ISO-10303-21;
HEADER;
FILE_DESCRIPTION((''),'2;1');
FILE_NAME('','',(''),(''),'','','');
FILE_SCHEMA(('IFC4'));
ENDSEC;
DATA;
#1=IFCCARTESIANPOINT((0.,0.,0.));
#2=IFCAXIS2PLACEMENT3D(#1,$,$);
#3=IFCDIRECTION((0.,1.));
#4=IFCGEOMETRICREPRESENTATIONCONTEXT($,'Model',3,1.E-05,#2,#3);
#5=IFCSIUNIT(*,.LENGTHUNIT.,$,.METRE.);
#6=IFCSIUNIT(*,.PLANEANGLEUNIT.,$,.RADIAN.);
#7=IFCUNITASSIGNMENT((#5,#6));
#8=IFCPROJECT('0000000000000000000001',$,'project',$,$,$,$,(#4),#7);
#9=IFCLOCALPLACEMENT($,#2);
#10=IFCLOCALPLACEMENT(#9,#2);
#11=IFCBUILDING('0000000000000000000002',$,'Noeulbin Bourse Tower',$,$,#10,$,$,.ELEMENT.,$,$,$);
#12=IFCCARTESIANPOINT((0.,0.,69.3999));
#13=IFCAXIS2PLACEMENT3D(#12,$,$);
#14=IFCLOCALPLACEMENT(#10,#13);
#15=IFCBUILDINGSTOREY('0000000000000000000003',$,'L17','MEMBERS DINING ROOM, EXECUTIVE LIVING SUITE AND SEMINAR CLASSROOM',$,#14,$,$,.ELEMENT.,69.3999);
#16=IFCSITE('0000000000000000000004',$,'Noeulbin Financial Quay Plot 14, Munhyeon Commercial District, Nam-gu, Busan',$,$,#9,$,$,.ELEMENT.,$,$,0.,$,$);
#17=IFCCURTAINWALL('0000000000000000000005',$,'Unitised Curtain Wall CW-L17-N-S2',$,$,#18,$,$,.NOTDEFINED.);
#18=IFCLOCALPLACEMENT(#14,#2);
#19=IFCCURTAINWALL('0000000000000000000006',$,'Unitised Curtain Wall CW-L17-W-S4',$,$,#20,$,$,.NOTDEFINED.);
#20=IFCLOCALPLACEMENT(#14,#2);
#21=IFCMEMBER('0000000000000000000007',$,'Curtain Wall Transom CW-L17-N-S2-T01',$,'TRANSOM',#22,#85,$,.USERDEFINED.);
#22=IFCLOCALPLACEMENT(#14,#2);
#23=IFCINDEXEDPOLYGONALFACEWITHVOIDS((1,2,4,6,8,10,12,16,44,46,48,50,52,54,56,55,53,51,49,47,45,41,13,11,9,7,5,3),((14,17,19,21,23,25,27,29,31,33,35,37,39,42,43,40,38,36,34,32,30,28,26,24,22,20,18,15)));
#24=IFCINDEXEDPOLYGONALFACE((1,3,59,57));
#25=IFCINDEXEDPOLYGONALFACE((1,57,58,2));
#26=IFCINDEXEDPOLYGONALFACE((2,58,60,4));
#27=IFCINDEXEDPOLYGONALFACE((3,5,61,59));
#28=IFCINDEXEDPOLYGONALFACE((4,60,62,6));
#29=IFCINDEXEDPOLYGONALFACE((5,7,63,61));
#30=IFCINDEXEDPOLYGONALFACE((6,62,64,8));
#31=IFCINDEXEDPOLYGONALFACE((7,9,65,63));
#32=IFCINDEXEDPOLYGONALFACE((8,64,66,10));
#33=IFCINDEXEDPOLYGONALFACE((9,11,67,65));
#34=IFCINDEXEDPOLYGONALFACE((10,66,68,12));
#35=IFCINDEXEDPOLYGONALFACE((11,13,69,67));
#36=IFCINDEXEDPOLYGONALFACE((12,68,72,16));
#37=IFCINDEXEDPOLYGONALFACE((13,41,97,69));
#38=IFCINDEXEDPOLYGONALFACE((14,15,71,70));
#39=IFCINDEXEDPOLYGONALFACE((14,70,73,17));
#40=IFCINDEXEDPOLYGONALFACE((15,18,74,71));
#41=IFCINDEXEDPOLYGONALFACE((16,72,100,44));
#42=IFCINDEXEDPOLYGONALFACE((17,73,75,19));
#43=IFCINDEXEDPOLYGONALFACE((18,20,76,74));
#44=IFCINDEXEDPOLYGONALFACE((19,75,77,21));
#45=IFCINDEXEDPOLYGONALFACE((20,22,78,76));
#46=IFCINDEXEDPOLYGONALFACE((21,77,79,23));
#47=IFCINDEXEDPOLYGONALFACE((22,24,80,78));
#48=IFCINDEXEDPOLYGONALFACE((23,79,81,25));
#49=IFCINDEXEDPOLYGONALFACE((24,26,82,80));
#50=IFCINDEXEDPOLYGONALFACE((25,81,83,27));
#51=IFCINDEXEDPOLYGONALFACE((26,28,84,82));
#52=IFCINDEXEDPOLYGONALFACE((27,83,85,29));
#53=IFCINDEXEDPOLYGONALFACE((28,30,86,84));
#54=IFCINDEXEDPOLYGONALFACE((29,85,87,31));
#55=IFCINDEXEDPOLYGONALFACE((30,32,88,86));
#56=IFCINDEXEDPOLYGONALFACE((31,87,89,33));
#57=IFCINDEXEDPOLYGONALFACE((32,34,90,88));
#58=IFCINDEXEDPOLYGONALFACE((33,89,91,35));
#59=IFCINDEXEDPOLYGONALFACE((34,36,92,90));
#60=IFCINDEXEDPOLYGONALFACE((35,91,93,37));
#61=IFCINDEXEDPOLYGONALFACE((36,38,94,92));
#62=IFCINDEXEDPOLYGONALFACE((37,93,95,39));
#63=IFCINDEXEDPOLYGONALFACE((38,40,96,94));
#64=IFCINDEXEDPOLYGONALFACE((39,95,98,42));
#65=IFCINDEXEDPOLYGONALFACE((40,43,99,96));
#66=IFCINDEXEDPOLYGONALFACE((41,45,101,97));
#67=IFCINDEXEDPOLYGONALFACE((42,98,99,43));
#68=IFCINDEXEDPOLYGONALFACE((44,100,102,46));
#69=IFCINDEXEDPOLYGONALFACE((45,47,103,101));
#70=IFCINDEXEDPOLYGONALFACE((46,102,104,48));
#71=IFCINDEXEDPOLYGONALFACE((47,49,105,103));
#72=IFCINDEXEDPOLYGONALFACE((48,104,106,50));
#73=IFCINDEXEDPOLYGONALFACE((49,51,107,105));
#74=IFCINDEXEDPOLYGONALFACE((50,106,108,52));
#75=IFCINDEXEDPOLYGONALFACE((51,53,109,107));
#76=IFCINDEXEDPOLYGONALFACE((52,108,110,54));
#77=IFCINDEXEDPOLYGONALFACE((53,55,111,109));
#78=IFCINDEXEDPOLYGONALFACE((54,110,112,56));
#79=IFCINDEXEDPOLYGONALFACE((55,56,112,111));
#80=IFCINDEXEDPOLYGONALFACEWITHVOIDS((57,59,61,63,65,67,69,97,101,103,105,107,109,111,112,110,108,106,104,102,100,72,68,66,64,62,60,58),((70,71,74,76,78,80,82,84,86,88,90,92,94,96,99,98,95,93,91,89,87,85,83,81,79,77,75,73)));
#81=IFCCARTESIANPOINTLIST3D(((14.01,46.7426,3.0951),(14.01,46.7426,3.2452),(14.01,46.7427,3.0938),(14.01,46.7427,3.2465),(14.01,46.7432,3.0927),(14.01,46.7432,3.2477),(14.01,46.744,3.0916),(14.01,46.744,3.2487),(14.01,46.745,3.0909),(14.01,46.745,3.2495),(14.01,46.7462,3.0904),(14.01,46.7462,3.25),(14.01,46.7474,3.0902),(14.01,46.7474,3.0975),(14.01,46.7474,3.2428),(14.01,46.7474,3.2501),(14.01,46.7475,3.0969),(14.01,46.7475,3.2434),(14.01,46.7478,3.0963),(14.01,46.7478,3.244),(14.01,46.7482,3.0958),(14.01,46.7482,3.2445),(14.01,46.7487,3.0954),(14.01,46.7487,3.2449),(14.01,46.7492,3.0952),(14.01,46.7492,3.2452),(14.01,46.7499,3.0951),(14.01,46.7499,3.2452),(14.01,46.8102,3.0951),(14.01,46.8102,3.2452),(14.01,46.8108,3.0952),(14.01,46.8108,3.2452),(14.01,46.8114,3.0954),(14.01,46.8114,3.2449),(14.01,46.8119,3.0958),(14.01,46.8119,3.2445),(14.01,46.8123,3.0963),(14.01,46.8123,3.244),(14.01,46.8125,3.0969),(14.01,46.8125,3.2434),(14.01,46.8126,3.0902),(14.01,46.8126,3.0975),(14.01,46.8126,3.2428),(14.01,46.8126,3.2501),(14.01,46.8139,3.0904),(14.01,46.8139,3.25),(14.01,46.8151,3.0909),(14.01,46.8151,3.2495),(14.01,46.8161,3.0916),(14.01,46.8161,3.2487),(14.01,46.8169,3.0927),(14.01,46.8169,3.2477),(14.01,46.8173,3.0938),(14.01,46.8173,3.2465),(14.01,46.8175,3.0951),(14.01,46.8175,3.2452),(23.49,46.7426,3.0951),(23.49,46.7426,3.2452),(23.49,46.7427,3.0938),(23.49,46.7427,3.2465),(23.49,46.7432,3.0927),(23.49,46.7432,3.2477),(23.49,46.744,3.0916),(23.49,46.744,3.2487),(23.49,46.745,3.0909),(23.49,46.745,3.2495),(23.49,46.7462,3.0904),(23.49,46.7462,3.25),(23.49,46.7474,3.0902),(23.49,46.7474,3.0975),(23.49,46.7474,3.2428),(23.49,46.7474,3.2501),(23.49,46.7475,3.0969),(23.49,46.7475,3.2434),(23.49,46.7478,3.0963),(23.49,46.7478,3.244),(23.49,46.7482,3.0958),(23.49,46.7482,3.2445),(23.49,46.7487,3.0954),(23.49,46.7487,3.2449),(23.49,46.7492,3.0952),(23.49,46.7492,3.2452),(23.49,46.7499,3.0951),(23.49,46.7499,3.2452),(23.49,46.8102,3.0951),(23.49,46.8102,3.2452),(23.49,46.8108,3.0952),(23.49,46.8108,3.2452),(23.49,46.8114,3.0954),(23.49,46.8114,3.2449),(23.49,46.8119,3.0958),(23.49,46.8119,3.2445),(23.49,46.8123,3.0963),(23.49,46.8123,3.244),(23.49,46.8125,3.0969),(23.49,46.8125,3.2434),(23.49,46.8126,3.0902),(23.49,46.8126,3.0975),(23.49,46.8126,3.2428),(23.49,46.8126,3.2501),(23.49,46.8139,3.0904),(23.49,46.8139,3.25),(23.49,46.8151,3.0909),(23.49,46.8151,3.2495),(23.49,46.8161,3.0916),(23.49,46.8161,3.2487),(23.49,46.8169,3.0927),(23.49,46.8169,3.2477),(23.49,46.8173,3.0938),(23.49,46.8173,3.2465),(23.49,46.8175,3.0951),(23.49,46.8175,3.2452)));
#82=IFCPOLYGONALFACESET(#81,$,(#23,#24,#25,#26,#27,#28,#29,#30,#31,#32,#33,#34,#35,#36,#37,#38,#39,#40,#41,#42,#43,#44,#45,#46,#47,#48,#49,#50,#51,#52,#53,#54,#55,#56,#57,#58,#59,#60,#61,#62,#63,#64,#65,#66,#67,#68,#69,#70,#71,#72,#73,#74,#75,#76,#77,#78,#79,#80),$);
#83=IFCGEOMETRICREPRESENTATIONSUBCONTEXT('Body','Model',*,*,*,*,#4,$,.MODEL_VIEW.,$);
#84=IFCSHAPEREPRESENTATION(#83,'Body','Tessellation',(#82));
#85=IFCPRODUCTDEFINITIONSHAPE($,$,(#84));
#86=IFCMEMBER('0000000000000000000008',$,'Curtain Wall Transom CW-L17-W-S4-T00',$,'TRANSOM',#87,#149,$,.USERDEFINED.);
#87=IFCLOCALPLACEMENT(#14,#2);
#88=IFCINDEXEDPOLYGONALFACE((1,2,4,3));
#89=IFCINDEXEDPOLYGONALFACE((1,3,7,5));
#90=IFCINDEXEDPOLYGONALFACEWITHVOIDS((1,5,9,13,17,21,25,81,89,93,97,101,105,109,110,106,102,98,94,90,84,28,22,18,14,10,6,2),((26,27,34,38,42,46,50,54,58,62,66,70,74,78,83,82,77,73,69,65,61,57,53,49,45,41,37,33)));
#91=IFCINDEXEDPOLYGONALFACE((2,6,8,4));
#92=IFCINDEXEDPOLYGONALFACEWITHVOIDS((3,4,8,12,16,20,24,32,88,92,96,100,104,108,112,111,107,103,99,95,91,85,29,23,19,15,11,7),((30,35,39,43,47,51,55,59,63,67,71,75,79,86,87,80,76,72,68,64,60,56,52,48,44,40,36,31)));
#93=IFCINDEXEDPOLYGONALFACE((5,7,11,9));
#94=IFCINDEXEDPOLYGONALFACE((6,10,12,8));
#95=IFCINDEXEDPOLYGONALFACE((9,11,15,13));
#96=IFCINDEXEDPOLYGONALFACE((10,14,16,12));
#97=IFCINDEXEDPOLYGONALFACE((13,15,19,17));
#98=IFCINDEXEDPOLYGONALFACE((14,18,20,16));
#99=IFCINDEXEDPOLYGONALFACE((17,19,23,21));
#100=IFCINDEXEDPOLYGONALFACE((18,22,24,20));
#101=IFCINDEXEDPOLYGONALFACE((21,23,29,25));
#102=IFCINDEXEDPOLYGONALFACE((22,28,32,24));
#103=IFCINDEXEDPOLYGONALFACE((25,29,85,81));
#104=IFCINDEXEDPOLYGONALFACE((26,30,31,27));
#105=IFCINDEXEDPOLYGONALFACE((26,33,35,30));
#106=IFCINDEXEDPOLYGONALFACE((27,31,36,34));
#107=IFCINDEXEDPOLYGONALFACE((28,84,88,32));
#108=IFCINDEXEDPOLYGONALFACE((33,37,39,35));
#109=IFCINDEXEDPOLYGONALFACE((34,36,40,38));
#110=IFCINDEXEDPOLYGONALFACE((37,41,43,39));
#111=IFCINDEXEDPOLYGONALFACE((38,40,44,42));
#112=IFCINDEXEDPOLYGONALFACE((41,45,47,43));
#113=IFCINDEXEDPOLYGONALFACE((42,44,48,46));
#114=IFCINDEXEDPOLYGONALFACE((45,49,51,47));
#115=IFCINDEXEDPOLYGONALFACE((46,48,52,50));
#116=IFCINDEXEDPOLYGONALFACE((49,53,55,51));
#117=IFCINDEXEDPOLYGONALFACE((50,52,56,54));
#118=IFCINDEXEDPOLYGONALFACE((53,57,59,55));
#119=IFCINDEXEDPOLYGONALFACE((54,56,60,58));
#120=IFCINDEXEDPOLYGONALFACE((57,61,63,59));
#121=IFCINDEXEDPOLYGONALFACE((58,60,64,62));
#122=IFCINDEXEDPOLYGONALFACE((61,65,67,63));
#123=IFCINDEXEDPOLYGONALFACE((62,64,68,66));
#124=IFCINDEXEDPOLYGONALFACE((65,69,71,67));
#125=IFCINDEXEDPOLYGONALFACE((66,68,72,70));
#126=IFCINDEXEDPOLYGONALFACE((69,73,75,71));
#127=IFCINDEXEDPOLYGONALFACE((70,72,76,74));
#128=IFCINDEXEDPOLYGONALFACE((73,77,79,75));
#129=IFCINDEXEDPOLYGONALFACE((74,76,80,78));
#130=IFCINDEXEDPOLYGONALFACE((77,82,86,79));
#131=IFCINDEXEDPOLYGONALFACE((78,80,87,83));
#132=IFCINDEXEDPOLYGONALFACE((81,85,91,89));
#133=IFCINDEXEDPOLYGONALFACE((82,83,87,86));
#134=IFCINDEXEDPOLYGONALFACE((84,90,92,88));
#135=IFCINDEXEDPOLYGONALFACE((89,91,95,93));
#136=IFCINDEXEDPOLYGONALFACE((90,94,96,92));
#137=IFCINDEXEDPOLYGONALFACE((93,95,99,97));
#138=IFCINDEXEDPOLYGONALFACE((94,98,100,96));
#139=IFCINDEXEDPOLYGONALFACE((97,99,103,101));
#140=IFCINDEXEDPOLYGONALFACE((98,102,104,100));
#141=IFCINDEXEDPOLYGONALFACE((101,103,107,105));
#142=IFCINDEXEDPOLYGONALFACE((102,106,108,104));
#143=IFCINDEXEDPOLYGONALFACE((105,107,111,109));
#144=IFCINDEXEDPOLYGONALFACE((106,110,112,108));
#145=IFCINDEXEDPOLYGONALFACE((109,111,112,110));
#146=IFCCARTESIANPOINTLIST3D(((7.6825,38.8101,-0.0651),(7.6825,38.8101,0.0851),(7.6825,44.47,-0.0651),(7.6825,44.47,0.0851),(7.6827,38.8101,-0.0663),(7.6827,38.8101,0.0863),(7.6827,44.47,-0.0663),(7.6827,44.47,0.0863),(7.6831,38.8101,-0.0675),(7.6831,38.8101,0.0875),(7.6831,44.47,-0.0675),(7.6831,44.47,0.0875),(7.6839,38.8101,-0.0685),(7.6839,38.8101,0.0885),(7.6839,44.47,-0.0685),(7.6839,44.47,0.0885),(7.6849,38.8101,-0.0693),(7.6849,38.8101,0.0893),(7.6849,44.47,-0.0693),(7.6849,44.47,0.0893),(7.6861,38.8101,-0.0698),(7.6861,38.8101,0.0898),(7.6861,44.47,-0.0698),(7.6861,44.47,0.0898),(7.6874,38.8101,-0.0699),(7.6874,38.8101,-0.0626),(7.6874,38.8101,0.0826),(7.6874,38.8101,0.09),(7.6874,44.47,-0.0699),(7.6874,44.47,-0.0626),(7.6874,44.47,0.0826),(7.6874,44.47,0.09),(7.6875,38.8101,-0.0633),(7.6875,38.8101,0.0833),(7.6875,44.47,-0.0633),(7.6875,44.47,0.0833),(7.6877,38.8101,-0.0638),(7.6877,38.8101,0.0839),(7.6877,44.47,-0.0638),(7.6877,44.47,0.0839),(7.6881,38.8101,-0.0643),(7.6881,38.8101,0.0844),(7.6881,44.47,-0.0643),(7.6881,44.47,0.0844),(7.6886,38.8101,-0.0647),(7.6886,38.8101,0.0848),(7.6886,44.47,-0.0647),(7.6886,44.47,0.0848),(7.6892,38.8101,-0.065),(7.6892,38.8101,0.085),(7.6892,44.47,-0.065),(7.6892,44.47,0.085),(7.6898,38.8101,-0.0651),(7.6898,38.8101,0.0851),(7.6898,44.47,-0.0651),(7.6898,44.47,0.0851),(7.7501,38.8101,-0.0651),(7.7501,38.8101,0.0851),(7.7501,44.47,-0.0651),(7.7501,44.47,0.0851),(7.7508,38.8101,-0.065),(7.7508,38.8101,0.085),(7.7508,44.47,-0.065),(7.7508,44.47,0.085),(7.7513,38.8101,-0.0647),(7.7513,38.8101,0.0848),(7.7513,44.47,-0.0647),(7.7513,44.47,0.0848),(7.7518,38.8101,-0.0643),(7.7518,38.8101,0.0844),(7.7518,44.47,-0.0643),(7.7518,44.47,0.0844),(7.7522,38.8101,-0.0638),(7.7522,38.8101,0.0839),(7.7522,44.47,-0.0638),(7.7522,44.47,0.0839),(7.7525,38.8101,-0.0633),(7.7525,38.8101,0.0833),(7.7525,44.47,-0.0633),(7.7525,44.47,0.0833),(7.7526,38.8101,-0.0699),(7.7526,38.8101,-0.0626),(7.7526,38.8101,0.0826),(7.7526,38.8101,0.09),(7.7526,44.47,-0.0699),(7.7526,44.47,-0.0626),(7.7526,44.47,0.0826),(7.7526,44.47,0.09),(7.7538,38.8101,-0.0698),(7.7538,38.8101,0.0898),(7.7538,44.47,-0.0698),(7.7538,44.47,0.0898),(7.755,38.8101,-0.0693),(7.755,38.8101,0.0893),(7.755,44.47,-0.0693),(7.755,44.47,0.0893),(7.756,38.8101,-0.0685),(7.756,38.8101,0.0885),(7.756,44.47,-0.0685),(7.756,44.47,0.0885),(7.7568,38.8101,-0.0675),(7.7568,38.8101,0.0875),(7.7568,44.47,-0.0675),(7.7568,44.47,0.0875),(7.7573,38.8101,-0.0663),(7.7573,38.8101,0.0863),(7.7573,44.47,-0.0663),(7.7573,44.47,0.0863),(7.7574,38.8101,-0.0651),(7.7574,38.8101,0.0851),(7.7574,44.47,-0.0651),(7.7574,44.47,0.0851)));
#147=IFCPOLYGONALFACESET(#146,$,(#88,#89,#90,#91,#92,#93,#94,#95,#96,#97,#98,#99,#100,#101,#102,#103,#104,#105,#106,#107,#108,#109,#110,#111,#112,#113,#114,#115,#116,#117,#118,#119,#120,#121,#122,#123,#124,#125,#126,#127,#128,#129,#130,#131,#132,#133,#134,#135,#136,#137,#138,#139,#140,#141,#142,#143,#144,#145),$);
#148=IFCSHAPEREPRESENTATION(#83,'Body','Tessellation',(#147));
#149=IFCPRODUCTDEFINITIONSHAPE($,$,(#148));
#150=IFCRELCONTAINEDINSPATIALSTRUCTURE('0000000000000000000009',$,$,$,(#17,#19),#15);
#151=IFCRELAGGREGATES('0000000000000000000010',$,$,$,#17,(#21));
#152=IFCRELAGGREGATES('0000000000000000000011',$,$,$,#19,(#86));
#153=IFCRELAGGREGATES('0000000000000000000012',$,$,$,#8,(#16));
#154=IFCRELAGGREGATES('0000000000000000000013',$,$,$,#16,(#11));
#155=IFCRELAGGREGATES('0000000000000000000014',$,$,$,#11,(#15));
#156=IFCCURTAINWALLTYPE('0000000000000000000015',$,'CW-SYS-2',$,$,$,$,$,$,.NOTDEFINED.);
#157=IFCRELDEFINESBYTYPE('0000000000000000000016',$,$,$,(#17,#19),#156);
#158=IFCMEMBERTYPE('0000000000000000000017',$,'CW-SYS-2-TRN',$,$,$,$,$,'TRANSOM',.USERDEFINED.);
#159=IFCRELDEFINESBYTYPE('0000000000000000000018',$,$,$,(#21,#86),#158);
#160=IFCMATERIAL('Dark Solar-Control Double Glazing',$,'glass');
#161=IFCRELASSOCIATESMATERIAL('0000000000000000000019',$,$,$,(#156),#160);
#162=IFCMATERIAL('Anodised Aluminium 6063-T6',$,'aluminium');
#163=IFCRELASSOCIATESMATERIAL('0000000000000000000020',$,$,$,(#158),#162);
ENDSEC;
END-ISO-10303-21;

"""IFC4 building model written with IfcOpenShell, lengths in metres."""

from ifc_helpers import new_model, si_unit, direction, frame, origin, origin_2d, place, context, subcontext, project, spatial, hollow_rectangle, extrude, material, material_profile, profile_set, type_object, element, aggregate, save


model = new_model("IFC4")

# Units and contexts
model_context = context("Model", 3, precision=1e-05, world=origin(), true_north=direction((0.0, 1.0)))
body_context = subcontext(model_context, "Body", "Model", "MODEL_VIEW")
ifc_project = project(units=[si_unit("LENGTHUNIT", "METRE"), si_unit("PLANEANGLEUNIT", "RADIAN")], contexts=[model_context])

# Site, building, storey
site_placement = place(None, origin())
site = spatial("IfcSite", under=ifc_project, at=site_placement, Name="Noeulbin Financial Quay Plot 14, Munhyeon Commercial District, Nam-gu, Busan", CompositionType="ELEMENT", RefElevation=0.0)
building_placement = place(site_placement, origin())
building = spatial("IfcBuilding", under=site, at=building_placement, Name="Noeulbin Bourse Tower", CompositionType="ELEMENT")
storey_placement = place(building_placement, frame((0.0, 0.0, 69.3999)))
storey = spatial("IfcBuildingStorey", under=building, at=storey_placement, Name="L17", Description="MEMBERS DINING ROOM, EXECUTIVE LIVING SUITE AND SEMINAR CLASSROOM", CompositionType="ELEMENT", Elevation=69.3999)

# Shared definitions
ifc_material_1 = material(Name="Dark Solar-Control Double Glazing", Category="glass")
curtain_wall_type = type_object("IfcCurtainWallType", Name="CW-SYS-2", PredefinedType="NOTDEFINED", material=ifc_material_1)
ifc_material_2 = material(Name="Anodised Aluminium 6063-T6", Category="aluminium")

# Curtain wall
curtain_wall_1_placement = place(storey_placement, origin())
curtain_wall_1 = element("IfcCurtainWall", 1, at=curtain_wall_1_placement, inside=storey, type_object=curtain_wall_type, Name="Unitised Curtain Wall CW-L17-N-S2", PredefinedType="NOTDEFINED")

# Curtain wall
curtain_wall_2_placement = place(storey_placement, origin())
curtain_wall_2 = element("IfcCurtainWall", 2, at=curtain_wall_2_placement, inside=storey, type_object=curtain_wall_type, Name="Unitised Curtain Wall CW-L17-W-S4", PredefinedType="NOTDEFINED")

# Members
ifc_material_profile_1 = material_profile(ifc_material_2, hollow_rectangle(XDim=0.075, YDim=0.1599, WallThickness=0.0049, InnerFilletRadius=0.0024, OuterFilletRadius=0.0049, at=origin_2d()), Name="ALU-TRAN-75x160x5", Category="LoadBearing")
ifc_profile_set_1 = profile_set([ifc_material_profile_1], Name="Anodised Aluminium 6063-T6")
member_type_1 = type_object("IfcMemberType", Name="CW-SYS-2-TRN", ElementType="TRANSOM", PredefinedType="USERDEFINED", material=ifc_profile_set_1)
member_1_placement = place(storey_placement, frame((14.01, 46.78, 3.1702), z_axis=(1.0, 0.0, 0.0), x_axis=(0.0, 1.0, 0.0)))
member_1 = element("IfcMember", 3, at=member_1_placement, type_object=member_type_1, Name="Curtain Wall Transom CW-L17-N-S2-T01", ObjectType="TRANSOM", PredefinedType="USERDEFINED", context=body_context, shape_type="SweptSolid", body=[
    extrude(hollow_rectangle(XDim=0.075, YDim=0.1599, WallThickness=0.0049, InnerFilletRadius=0.0024, OuterFilletRadius=0.0049, at=origin_2d()), origin(), (0.0, 0.0, 1.0), 9.48),
])
aggregate(curtain_wall_1, [member_1])
member_2_placement = place(storey_placement, frame((7.72, 38.8101, 0.01), z_axis=(0.0, 1.0, 0.0), x_axis=(-1.0, 0.0, 0.0)))
member_2 = element("IfcMember", 4, at=member_2_placement, type_object=member_type_1, Name="Curtain Wall Transom CW-L17-W-S4-T00", ObjectType="TRANSOM", PredefinedType="USERDEFINED", context=body_context, shape_type="SweptSolid", body=[
    extrude(hollow_rectangle(XDim=0.075, YDim=0.1599, WallThickness=0.0049, InnerFilletRadius=0.0024, OuterFilletRadius=0.0049, at=origin_2d()), origin(), (0.0, 0.0, 1.0), 5.6599),
])

aggregate(curtain_wall_2, [member_2])

save(model, "model.ifc")
